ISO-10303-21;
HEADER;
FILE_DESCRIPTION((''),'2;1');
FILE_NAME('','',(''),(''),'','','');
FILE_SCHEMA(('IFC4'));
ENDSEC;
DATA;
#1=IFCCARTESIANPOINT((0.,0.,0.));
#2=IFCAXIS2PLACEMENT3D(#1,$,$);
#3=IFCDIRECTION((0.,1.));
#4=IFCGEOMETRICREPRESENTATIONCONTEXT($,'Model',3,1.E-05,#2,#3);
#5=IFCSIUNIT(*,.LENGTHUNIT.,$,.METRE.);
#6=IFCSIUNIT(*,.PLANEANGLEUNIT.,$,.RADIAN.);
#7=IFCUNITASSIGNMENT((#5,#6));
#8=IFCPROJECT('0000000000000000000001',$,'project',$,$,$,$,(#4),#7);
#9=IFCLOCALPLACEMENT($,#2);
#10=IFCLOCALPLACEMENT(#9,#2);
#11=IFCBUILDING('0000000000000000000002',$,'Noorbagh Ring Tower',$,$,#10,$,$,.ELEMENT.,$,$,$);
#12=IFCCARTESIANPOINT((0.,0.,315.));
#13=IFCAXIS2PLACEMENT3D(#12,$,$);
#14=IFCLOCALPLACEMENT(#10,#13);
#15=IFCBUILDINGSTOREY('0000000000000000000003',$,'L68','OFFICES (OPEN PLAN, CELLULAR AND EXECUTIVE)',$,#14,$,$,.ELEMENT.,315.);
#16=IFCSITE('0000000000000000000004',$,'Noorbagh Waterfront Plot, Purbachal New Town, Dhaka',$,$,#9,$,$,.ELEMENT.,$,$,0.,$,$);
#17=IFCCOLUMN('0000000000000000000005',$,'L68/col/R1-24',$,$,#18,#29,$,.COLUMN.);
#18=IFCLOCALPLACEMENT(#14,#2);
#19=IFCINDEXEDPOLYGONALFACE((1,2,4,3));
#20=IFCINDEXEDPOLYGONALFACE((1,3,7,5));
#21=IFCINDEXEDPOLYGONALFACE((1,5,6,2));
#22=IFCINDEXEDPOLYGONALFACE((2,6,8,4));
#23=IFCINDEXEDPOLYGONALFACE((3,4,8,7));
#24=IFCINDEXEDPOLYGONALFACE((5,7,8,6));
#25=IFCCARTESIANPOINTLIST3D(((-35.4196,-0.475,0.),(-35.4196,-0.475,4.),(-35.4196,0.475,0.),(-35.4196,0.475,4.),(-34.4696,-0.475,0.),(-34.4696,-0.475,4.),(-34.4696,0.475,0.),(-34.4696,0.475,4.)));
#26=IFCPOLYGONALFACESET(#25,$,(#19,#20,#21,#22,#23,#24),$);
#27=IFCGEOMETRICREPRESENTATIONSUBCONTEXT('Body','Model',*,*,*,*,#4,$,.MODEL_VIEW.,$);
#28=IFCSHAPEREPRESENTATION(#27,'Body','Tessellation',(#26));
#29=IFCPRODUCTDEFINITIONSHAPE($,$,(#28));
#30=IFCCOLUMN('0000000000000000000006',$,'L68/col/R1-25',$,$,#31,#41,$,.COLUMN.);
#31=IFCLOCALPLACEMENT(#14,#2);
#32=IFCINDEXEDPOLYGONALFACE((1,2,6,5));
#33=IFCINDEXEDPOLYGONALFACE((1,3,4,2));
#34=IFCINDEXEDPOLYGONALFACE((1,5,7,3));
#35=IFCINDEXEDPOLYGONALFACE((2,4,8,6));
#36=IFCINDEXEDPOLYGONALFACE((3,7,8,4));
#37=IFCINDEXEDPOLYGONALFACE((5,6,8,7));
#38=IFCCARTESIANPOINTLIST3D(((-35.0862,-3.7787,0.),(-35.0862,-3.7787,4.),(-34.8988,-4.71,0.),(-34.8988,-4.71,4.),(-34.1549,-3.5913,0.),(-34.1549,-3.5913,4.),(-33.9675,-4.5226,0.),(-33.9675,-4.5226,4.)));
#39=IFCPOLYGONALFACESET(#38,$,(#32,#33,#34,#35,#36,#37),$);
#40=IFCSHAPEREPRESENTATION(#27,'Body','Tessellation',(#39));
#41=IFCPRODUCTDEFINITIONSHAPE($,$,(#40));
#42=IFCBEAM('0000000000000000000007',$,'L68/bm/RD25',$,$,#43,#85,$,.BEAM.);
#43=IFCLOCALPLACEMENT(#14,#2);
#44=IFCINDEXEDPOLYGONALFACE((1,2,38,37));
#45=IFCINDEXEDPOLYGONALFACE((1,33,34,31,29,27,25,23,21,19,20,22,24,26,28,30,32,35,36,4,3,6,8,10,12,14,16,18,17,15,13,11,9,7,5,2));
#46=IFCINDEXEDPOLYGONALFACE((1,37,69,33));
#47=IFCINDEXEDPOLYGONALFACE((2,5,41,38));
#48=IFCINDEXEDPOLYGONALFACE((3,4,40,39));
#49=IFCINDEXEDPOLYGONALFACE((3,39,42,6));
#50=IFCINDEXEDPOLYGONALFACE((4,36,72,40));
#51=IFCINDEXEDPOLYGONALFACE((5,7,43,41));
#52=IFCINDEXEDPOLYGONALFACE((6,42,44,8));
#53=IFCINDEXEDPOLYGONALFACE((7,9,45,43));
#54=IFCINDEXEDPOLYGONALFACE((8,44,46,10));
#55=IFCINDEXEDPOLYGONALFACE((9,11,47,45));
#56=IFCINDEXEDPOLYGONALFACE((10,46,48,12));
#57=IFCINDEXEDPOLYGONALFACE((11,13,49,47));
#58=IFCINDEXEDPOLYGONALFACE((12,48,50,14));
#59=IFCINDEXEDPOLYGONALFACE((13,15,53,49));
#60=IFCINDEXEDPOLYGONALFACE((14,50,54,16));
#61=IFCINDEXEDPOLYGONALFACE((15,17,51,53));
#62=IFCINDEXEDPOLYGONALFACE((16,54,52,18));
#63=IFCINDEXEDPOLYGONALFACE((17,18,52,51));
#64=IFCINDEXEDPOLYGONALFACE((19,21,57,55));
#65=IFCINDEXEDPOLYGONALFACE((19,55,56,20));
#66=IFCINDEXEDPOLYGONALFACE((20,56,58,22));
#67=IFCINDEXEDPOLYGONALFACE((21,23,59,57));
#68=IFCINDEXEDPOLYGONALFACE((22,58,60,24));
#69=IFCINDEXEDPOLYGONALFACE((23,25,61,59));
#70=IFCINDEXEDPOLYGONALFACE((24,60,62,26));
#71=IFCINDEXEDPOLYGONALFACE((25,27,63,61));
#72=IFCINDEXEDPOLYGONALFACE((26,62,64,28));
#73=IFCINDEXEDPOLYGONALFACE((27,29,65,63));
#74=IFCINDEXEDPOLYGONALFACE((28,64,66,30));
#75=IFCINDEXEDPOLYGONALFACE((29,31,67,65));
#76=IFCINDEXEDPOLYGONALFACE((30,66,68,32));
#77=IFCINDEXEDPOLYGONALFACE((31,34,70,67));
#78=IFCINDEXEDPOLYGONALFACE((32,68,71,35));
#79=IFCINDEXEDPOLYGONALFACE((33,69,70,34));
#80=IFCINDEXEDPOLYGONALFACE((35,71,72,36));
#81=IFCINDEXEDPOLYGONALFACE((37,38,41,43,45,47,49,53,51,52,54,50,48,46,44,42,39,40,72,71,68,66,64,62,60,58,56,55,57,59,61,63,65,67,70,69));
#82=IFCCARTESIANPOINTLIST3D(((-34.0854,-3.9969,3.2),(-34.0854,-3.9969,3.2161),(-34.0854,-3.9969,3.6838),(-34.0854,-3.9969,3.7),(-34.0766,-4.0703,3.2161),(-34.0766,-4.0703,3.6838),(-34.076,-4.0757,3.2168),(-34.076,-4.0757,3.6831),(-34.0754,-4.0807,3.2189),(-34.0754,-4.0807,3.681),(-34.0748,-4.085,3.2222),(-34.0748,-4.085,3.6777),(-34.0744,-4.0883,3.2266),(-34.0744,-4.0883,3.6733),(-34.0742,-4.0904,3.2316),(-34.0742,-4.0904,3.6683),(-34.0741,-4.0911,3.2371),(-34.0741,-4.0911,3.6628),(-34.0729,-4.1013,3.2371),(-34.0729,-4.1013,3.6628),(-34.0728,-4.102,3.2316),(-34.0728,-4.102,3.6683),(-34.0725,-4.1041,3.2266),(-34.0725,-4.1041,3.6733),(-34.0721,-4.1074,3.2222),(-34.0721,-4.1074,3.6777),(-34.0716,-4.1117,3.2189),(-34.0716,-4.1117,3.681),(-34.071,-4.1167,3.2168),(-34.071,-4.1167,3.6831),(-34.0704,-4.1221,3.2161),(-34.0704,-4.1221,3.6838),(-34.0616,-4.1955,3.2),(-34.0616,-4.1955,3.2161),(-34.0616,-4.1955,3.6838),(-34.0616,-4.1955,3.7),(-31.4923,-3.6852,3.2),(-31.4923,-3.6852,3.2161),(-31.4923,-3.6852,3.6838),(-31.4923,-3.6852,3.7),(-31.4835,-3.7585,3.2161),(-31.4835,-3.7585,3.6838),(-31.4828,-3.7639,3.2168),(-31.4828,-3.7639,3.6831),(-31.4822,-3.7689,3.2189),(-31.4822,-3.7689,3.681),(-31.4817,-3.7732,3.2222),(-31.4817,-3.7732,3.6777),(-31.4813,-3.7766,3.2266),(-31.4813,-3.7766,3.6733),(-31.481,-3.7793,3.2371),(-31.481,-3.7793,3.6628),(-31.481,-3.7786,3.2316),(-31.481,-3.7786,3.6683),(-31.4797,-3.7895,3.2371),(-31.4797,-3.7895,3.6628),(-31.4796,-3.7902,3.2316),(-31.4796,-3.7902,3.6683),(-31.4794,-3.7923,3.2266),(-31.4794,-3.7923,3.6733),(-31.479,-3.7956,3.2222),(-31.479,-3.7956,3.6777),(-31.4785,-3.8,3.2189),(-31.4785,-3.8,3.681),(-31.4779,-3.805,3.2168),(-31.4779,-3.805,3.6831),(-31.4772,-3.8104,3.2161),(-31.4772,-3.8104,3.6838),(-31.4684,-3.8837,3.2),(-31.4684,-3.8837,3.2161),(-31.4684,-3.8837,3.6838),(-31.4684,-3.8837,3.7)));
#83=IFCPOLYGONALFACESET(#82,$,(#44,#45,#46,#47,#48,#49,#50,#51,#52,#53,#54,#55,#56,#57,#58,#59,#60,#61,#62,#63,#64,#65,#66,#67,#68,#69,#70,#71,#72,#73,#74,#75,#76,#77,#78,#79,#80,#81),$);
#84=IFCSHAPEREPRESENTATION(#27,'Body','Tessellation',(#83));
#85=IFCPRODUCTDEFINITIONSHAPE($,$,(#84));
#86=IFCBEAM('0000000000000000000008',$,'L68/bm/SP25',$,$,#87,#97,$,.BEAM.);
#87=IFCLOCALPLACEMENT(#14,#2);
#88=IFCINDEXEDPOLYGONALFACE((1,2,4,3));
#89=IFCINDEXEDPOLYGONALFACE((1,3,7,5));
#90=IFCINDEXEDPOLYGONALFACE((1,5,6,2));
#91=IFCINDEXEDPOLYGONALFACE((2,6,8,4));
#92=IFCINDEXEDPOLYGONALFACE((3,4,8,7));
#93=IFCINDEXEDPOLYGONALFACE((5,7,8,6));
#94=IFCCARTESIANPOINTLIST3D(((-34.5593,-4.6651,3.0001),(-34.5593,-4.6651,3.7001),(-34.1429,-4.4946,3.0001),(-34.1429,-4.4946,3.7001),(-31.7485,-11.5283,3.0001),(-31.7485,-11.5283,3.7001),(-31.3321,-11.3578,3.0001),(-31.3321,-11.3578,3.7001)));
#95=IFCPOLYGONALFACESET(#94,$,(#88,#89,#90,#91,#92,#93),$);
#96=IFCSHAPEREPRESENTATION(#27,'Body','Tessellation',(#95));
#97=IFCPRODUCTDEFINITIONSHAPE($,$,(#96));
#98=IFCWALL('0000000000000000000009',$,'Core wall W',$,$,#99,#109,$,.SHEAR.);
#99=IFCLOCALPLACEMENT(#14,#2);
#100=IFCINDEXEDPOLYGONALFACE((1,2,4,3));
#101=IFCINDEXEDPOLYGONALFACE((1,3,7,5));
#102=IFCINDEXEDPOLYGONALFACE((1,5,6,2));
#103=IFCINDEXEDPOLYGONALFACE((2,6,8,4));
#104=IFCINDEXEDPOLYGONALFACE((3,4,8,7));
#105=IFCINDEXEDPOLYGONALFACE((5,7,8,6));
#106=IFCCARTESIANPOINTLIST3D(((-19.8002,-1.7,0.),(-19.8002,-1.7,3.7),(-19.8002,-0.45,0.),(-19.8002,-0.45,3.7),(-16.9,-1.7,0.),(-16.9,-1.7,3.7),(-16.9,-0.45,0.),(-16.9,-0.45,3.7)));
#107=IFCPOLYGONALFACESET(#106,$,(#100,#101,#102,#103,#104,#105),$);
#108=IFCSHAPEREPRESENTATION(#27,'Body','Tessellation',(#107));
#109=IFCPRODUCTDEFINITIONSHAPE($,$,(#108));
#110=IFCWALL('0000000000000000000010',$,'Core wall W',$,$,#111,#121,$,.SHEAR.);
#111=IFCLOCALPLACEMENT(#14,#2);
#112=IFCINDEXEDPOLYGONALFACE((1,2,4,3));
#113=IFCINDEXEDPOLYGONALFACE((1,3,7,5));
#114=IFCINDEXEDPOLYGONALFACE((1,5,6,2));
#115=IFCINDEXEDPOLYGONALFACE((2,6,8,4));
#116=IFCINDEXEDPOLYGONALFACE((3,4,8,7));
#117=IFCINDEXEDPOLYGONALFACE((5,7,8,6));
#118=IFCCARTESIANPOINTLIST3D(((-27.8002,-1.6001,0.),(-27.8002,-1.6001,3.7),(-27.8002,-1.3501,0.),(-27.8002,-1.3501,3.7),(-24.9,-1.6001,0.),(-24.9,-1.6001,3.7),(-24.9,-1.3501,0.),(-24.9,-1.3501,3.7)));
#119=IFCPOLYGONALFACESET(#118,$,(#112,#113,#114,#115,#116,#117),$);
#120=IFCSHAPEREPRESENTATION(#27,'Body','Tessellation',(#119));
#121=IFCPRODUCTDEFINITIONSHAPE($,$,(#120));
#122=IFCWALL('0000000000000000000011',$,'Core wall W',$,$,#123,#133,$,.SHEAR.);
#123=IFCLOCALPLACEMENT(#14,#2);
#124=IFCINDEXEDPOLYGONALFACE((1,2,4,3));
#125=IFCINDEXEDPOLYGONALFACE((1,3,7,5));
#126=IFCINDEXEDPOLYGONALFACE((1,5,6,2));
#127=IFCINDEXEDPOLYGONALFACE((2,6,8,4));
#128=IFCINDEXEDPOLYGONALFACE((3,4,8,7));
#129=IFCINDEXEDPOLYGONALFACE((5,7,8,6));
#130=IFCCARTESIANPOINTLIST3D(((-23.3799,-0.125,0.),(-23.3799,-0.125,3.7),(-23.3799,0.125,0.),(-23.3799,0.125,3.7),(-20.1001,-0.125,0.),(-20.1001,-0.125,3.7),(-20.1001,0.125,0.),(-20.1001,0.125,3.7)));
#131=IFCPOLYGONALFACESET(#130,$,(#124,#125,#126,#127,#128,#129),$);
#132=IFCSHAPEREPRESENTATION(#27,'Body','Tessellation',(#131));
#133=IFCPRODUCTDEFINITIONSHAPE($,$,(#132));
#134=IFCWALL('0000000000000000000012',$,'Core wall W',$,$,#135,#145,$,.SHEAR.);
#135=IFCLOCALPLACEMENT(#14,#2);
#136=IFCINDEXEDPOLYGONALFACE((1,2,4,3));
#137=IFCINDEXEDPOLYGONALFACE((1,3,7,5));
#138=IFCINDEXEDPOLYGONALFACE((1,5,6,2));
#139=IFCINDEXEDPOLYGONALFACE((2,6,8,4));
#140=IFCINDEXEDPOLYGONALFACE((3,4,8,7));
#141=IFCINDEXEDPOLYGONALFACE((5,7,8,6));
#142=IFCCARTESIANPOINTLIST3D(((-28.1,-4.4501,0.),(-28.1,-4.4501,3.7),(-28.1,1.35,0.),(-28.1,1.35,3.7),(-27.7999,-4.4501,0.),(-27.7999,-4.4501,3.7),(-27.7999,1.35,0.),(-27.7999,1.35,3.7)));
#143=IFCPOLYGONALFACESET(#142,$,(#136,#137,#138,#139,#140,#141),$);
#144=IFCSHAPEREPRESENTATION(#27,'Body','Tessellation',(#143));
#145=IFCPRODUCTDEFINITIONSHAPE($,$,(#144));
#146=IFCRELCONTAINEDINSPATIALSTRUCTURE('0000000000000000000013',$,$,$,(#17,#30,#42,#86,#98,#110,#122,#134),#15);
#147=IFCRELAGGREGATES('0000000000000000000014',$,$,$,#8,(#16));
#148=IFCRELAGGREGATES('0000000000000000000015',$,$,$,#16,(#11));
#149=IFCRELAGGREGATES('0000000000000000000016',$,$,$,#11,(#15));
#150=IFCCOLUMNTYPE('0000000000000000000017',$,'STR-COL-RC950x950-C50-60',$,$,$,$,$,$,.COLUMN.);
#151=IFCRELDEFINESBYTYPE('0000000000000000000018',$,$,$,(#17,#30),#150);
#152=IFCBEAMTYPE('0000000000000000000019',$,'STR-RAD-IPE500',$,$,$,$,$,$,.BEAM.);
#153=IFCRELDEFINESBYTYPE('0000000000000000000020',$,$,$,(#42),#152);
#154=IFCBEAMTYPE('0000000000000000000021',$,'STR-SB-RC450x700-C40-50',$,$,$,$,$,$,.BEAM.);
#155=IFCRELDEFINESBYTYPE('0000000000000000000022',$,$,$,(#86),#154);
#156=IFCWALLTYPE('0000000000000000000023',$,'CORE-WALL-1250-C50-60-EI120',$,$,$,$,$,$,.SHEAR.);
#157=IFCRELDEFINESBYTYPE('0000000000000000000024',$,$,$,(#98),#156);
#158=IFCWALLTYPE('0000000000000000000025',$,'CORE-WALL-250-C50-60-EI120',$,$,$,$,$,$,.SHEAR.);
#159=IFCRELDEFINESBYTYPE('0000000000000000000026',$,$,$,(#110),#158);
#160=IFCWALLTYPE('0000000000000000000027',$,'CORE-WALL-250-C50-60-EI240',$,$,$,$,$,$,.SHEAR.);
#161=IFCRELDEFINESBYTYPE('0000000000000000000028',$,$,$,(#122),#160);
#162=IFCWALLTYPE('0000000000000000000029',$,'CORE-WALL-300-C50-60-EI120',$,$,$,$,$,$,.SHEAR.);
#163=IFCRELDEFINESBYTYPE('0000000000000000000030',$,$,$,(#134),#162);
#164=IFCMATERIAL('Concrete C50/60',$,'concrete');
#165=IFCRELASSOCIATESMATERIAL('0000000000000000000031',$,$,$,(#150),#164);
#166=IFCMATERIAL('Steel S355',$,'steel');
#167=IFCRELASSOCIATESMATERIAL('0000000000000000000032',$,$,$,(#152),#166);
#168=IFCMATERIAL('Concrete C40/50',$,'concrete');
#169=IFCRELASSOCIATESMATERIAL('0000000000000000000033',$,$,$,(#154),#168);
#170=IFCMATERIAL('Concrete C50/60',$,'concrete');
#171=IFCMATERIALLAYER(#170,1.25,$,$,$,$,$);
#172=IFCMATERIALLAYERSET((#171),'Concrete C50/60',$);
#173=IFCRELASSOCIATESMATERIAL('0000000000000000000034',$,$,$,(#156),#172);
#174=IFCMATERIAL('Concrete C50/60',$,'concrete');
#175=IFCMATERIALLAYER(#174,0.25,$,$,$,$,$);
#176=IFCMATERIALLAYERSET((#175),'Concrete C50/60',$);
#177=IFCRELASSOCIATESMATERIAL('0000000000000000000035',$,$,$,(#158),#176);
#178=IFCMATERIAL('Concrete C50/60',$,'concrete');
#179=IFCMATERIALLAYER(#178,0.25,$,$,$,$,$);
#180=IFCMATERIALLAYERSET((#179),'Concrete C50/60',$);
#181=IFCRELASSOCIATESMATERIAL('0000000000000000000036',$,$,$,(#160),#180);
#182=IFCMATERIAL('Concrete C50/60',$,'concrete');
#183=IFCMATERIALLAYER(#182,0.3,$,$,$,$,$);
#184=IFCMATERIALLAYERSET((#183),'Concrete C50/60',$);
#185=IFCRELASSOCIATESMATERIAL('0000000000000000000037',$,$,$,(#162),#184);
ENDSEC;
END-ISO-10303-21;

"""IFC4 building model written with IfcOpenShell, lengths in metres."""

from ifc_helpers import new_model, si_unit, direction, frame, frame_2d, origin, origin_2d, place, context, subcontext, project, spatial, rectangle, i_section, extrude, material, layer, layer_set, material_profile, profile_set, type_object, element, save


model = new_model("IFC4")

# Units and contexts
model_context = context("Model", 3, precision=1e-05, world=origin(), true_north=direction((0.0, 1.0)))
body_context = subcontext(model_context, "Body", "Model", "MODEL_VIEW")
ifc_project = project(units=[si_unit("LENGTHUNIT", "METRE"), si_unit("PLANEANGLEUNIT", "RADIAN")], contexts=[model_context])

# Site, building, storey
site_placement = place(None, origin())
site = spatial("IfcSite", under=ifc_project, at=site_placement, Name="Noorbagh Waterfront Plot, Purbachal New Town, Dhaka", CompositionType="ELEMENT", RefElevation=0.0)
building_placement = place(site_placement, origin())
building = spatial("IfcBuilding", under=site, at=building_placement, Name="Noorbagh Ring Tower", CompositionType="ELEMENT")
storey_placement = place(building_placement, frame((0.0, 0.0, 315.0)))
storey = spatial("IfcBuildingStorey", under=building, at=storey_placement, Name="L68", Description="OFFICES (OPEN PLAN, CELLULAR AND EXECUTIVE)", CompositionType="ELEMENT", Elevation=315.0)

# Columns
ifc_material_1 = material(Name="Concrete C50/60", Category="concrete")
ifc_material_profile_1 = material_profile(ifc_material_1, rectangle(XDim=0.95, YDim=0.95, at=origin_2d()), Name="RC950x950")
ifc_profile_set_1 = profile_set([ifc_material_profile_1], Name="Concrete C50/60")
column_type = type_object("IfcColumnType", Name="STR-COL-RC950x950-C50-60", PredefinedType="COLUMN", material=ifc_profile_set_1)
for number, where, z_axis, x_axis, name in (
    (1, (-34.9446, 0.0, 0.0), (0.0, 0.0, 1.0), (0.0, -1.0, 0.0), "L68/col/R1-24"),
    (2, (-34.5269, -4.1506, 0.0), (0.0, 0.0, 1.0), (0.19723, -0.980357, 0.0), "L68/col/R1-25"),
):
    element("IfcColumn", number, at=place(storey_placement, frame(where, z_axis=z_axis, x_axis=x_axis)), inside=storey, type_object=column_type, Name=name, PredefinedType="COLUMN", context=body_context, shape_type="SweptSolid", body=[
        extrude(rectangle(XDim=0.95, YDim=0.95, at=origin_2d()), origin(), (0.0, 0.0, 1.0), 4.0),
    ])

# Beams
ifc_material_2 = material(Name="Steel S355", Category="steel")
ifc_material_profile_2 = material_profile(ifc_material_2, i_section(OverallWidth=0.2, OverallDepth=0.5, WebThickness=0.0103, FlangeThickness=0.0161, FilletRadius=0.021, at=origin_2d()), Name="IPE500")
ifc_profile_set_2 = profile_set([ifc_material_profile_2], Name="Steel S355")
beam_type_1 = type_object("IfcBeamType", Name="STR-RAD-IPE500", PredefinedType="BEAM", material=ifc_profile_set_2)
beam_1_placement = place(storey_placement, frame((-34.0735, -4.0962, 3.45), z_axis=(0.992851, 0.119363, 0.0), x_axis=(-0.119363, 0.992851, 0.0)))
element("IfcBeam", 3, at=beam_1_placement, inside=storey, type_object=beam_type_1, Name="L68/bm/RD25", PredefinedType="BEAM", context=body_context, shape_type="SweptSolid", body=[
    extrude(i_section(OverallWidth=0.2, OverallDepth=0.5, WebThickness=0.0103, FlangeThickness=0.0161, FilletRadius=0.021, at=origin_2d()), origin(), (0.0, 0.0, 1.0), 2.6118),
])
ifc_material_3 = material(Name="Concrete C40/50", Category="concrete")
ifc_material_profile_3 = material_profile(ifc_material_3, rectangle(XDim=0.45, YDim=0.7, at=origin_2d()), Name="RC450x700")
ifc_profile_set_3 = profile_set([ifc_material_profile_3], Name="Concrete C40/50")
beam_type_2 = type_object("IfcBeamType", Name="STR-SB-RC450x700-C40-50", PredefinedType="BEAM", material=ifc_profile_set_3)
beam_2_placement = place(storey_placement, frame((-34.3511, -4.5798, 3.3501), z_axis=(0.378989, -0.925401, 0.0), x_axis=(0.925401, 0.378989, 0.0)))
element("IfcBeam", 4, at=beam_2_placement, inside=storey, type_object=beam_type_2, Name="L68/bm/SP25", PredefinedType="BEAM", context=body_context, shape_type="SweptSolid", body=[
    extrude(rectangle(XDim=0.45, YDim=0.7, at=origin_2d()), origin(), (0.0, 0.0, 1.0), 7.4165),
])

# Walls
ifc_material_4 = material(Name="Concrete C50/60", Category="concrete")
ifc_layer_1 = layer(ifc_material_4, 1.25)
ifc_layer_set_1 = layer_set([ifc_layer_1], Name="Concrete C50/60")
wall_type_1 = type_object("IfcWallType", Name="CORE-WALL-1250-C50-60-EI120", PredefinedType="SHEAR", material=ifc_layer_set_1)
wall_1_placement = place(storey_placement, frame((-16.8999, -1.075, 0.0), z_axis=(0.0, 0.0, 1.0), x_axis=(-1.0, 0.0, 0.0)))
element("IfcWall", 5, at=wall_1_placement, inside=storey, type_object=wall_type_1, Name="Core wall W", PredefinedType="SHEAR", context=body_context, shape_type="SweptSolid", body=[
    extrude(rectangle(XDim=2.9001, YDim=1.25, at=frame_2d((1.4502, 0.0))), origin(), (0.0, 0.0, 1.0), 3.7),
])
ifc_material_5 = material(Name="Concrete C50/60", Category="concrete")
ifc_layer_2 = layer(ifc_material_5, 0.25)
ifc_layer_set_2 = layer_set([ifc_layer_2], Name="Concrete C50/60")
wall_type_2 = type_object("IfcWallType", Name="CORE-WALL-250-C50-60-EI120", PredefinedType="SHEAR", material=ifc_layer_set_2)
wall_2_placement = place(storey_placement, frame((-24.8999, -1.4751, 0.0), z_axis=(0.0, 0.0, 1.0), x_axis=(-1.0, 0.0, 0.0)))
element("IfcWall", 6, at=wall_2_placement, inside=storey, type_object=wall_type_2, Name="Core wall W", PredefinedType="SHEAR", context=body_context, shape_type="SweptSolid", body=[
    extrude(rectangle(XDim=2.9001, YDim=0.25, at=frame_2d((1.4502, 0.0))), origin(), (0.0, 0.0, 1.0), 3.7),
])
ifc_material_6 = material(Name="Concrete C50/60", Category="concrete")
ifc_layer_3 = layer(ifc_material_6, 0.25)
ifc_layer_set_3 = layer_set([ifc_layer_3], Name="Concrete C50/60")
wall_type_3 = type_object("IfcWallType", Name="CORE-WALL-250-C50-60-EI240", PredefinedType="SHEAR", material=ifc_layer_set_3)
wall_3_placement = place(storey_placement, frame((-20.1001, 0.0, 0.0), z_axis=(0.0, 0.0, 1.0), x_axis=(-1.0, 0.0, 0.0)))
element("IfcWall", 7, at=wall_3_placement, inside=storey, type_object=wall_type_3, Name="Core wall W", PredefinedType="SHEAR", context=body_context, shape_type="SweptSolid", body=[
    extrude(rectangle(XDim=3.2798, YDim=0.25, at=frame_2d((1.6399, 0.0))), origin(), (0.0, 0.0, 1.0), 3.7),
])
ifc_material_7 = material(Name="Concrete C50/60", Category="concrete")
ifc_layer_4 = layer(ifc_material_7, 0.3)
ifc_layer_set_4 = layer_set([ifc_layer_4], Name="Concrete C50/60")
wall_type_4 = type_object("IfcWallType", Name="CORE-WALL-300-C50-60-EI120", PredefinedType="SHEAR", material=ifc_layer_set_4)
wall_4_placement = place(storey_placement, frame((-27.95, -4.45, 0.0), z_axis=(0.0, 0.0, 1.0), x_axis=(0.0, 1.0, 0.0)))
element("IfcWall", 8, at=wall_4_placement, inside=storey, type_object=wall_type_4, Name="Core wall W", PredefinedType="SHEAR", context=body_context, shape_type="SweptSolid", body=[
    extrude(rectangle(XDim=5.8, YDim=0.3, at=frame_2d((2.8999, 0.0))), origin(), (0.0, 0.0, 1.0), 3.7),
])

save(model, "model.ifc")
